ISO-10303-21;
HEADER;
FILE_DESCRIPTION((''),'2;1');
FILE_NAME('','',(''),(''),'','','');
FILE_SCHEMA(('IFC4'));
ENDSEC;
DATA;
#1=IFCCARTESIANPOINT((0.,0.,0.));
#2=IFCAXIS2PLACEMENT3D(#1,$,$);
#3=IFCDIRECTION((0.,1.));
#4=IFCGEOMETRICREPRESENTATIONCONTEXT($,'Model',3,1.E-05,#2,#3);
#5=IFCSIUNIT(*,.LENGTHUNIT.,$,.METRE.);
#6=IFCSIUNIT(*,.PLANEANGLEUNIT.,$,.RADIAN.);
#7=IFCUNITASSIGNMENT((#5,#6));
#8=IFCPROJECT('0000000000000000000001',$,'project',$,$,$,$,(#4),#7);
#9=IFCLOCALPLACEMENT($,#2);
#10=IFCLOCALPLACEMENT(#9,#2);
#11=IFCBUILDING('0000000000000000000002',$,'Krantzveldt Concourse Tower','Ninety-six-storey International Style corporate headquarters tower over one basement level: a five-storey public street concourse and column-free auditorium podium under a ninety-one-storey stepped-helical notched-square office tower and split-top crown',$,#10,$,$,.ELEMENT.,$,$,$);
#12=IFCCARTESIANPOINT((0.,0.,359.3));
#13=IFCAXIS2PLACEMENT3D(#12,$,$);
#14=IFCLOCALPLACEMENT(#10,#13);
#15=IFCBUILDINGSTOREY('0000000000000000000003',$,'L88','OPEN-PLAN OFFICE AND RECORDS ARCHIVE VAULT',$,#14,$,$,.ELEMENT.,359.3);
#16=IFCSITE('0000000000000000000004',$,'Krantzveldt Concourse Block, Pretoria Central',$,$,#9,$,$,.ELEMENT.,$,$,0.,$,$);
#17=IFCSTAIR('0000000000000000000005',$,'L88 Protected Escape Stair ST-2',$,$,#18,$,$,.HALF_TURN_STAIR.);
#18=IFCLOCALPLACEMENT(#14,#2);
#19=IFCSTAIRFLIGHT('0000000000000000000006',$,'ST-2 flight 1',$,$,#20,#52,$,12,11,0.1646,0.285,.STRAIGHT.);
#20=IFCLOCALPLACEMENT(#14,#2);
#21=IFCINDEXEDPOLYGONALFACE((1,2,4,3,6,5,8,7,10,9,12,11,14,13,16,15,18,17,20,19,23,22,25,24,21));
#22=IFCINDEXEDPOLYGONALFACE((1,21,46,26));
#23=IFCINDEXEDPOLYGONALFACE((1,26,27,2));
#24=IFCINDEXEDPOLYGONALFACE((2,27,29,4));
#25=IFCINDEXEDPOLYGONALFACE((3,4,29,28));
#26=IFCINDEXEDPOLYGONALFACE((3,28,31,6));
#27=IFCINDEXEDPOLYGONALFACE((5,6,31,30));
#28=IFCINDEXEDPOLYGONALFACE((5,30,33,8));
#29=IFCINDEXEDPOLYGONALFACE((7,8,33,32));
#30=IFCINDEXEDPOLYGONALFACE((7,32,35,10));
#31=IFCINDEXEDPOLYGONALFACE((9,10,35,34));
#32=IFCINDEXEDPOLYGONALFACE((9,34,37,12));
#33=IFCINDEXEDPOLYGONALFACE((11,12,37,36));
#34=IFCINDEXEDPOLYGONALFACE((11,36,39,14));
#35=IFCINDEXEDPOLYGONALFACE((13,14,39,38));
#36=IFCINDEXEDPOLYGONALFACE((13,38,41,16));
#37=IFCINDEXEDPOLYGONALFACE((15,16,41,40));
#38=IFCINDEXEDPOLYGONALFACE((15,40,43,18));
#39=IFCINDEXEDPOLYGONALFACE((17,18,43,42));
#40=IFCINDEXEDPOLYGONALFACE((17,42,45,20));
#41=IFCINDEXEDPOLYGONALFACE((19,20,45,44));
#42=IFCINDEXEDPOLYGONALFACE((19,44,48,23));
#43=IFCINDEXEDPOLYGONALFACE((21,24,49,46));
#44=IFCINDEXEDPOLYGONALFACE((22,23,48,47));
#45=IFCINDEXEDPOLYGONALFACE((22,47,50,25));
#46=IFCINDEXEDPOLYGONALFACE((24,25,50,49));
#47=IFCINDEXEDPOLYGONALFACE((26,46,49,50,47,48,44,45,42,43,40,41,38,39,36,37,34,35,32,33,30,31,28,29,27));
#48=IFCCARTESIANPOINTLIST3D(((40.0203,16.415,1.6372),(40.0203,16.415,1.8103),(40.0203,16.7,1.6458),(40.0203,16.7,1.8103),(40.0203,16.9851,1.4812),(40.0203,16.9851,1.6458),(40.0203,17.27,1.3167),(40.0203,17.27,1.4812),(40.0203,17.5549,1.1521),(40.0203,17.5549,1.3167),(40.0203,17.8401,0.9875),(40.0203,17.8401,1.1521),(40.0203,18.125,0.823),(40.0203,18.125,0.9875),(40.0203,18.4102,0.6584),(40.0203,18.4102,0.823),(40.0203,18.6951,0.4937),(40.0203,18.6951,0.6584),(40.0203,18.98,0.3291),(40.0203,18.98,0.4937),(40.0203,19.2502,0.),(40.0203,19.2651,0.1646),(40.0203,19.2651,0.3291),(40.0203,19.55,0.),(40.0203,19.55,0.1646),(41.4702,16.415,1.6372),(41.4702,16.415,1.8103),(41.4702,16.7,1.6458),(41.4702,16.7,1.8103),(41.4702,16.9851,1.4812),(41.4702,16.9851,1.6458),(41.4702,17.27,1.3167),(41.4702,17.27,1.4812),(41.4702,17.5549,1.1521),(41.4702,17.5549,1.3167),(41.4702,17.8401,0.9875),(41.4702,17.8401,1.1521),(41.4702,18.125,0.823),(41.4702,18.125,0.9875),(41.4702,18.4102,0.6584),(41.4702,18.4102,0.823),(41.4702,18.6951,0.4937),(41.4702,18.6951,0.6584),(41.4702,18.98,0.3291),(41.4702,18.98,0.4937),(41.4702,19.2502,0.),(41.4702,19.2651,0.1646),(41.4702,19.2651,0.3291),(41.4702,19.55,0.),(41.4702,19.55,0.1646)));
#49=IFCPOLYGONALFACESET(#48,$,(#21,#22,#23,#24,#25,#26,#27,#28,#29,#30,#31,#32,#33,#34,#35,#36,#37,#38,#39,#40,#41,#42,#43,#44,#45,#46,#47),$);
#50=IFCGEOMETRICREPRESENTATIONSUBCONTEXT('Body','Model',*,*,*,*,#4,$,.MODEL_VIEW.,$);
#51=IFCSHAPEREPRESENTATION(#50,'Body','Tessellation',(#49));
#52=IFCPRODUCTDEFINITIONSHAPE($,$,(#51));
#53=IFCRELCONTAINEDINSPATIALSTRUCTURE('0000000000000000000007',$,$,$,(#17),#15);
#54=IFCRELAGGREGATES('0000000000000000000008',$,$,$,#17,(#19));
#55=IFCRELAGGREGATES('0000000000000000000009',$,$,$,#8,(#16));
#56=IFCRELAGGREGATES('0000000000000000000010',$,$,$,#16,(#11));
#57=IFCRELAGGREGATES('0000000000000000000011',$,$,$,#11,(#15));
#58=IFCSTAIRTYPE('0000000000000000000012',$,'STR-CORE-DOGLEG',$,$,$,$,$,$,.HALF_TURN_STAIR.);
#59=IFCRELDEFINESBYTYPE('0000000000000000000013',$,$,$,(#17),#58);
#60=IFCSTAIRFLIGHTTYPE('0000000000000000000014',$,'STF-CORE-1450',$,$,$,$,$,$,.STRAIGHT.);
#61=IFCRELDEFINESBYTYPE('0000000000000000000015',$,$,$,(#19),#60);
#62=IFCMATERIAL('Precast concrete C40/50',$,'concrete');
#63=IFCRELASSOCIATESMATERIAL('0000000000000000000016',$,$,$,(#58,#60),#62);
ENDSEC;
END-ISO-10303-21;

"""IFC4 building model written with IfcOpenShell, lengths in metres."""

from ifc_helpers import new_model, si_unit, direction, frame, origin, place, context, subcontext, project, spatial, polyline, outline, extrude, material, type_object, element, aggregate, save


model = new_model("IFC4")

# Units and contexts
model_context = context("Model", 3, precision=1e-05, world=origin(), true_north=direction((0.0, 1.0)))
body_context = subcontext(model_context, "Body", "Model", "MODEL_VIEW")
ifc_project = project(units=[si_unit("LENGTHUNIT", "METRE"), si_unit("PLANEANGLEUNIT", "RADIAN")], contexts=[model_context])

# Site, building, storey
site_placement = place(None, origin())
site = spatial("IfcSite", under=ifc_project, at=site_placement, Name="Krantzveldt Concourse Block, Pretoria Central", CompositionType="ELEMENT", RefElevation=0.0)
building_placement = place(site_placement, origin())
building = spatial("IfcBuilding", under=site, at=building_placement, Name="Krantzveldt Concourse Tower", Description="Ninety-six-storey International Style corporate headquarters tower over one basement level: a five-storey public street concourse and column-free auditorium podium under a ninety-one-storey stepped-helical notched-square office tower and split-top crown", CompositionType="ELEMENT")
storey_placement = place(building_placement, frame((0.0, 0.0, 359.3)))
storey = spatial("IfcBuildingStorey", under=building, at=storey_placement, Name="L88", Description="OPEN-PLAN OFFICE AND RECORDS ARCHIVE VAULT", CompositionType="ELEMENT", Elevation=359.3)

# Stair, stair flight
ifc_material_1 = material(Name="Precast concrete C40/50", Category="concrete")
stair_type = type_object("IfcStairType", Name="STR-CORE-DOGLEG", PredefinedType="HALF_TURN_STAIR", material=ifc_material_1)
stair_placement = place(storey_placement, origin())
stair = element("IfcStair", 1, at=stair_placement, inside=storey, type_object=stair_type, Name="L88 Protected Escape Stair ST-2", PredefinedType="HALF_TURN_STAIR")
stair_flight_type = type_object("IfcStairFlightType", Name="STF-CORE-1450", PredefinedType="STRAIGHT", material=ifc_material_1)
stair_flight_placement = place(storey_placement, frame((40.7451, 19.55, 0.0), z_axis=(0.0, 0.0, 1.0), x_axis=(0.0, -1.0, 0.0)))
stair_flight = element("IfcStairFlight", 2, at=stair_flight_placement, type_object=stair_flight_type, Name="ST-2 flight 1", NumberOfRisers=12, NumberOfTreads=11, PredefinedType="STRAIGHT", RiserHeight=0.1646, TreadLength=0.285, context=body_context, shape_type="SweptSolid", body=[
    extrude(outline(polyline([(0.0, 0.0), (0.0, 0.1646), (0.2849, 0.1646), (0.2849, 0.3291), (0.5701, 0.3291), (0.5701, 0.4937), (0.855, 0.4937), (0.855, 0.6584), (1.1399, 0.6584), (1.1399, 0.823), (1.425, 0.823), (1.425, 0.9875), (1.71, 0.9875), (1.71, 1.1521), (1.9951, 1.1521), (1.9951, 1.3167), (2.28, 1.3167), (2.28, 1.4812), (2.5649, 1.4812), (2.5649, 1.6458), (2.8501, 1.6458), (2.8501, 1.8103), (3.135, 1.8103), (3.135, 1.9751), (3.135, 1.6372), (0.2998, 0.0), (0.0, 0.0)])), frame((0.0, 0.7251, 0.0), z_axis=(0.0, -1.0, 0.0), x_axis=(1.0, 0.0, 0.0)), (0.0, 0.0, 1.0), 1.45),
])
aggregate(stair, [stair_flight])

save(model, "model.ifc")
